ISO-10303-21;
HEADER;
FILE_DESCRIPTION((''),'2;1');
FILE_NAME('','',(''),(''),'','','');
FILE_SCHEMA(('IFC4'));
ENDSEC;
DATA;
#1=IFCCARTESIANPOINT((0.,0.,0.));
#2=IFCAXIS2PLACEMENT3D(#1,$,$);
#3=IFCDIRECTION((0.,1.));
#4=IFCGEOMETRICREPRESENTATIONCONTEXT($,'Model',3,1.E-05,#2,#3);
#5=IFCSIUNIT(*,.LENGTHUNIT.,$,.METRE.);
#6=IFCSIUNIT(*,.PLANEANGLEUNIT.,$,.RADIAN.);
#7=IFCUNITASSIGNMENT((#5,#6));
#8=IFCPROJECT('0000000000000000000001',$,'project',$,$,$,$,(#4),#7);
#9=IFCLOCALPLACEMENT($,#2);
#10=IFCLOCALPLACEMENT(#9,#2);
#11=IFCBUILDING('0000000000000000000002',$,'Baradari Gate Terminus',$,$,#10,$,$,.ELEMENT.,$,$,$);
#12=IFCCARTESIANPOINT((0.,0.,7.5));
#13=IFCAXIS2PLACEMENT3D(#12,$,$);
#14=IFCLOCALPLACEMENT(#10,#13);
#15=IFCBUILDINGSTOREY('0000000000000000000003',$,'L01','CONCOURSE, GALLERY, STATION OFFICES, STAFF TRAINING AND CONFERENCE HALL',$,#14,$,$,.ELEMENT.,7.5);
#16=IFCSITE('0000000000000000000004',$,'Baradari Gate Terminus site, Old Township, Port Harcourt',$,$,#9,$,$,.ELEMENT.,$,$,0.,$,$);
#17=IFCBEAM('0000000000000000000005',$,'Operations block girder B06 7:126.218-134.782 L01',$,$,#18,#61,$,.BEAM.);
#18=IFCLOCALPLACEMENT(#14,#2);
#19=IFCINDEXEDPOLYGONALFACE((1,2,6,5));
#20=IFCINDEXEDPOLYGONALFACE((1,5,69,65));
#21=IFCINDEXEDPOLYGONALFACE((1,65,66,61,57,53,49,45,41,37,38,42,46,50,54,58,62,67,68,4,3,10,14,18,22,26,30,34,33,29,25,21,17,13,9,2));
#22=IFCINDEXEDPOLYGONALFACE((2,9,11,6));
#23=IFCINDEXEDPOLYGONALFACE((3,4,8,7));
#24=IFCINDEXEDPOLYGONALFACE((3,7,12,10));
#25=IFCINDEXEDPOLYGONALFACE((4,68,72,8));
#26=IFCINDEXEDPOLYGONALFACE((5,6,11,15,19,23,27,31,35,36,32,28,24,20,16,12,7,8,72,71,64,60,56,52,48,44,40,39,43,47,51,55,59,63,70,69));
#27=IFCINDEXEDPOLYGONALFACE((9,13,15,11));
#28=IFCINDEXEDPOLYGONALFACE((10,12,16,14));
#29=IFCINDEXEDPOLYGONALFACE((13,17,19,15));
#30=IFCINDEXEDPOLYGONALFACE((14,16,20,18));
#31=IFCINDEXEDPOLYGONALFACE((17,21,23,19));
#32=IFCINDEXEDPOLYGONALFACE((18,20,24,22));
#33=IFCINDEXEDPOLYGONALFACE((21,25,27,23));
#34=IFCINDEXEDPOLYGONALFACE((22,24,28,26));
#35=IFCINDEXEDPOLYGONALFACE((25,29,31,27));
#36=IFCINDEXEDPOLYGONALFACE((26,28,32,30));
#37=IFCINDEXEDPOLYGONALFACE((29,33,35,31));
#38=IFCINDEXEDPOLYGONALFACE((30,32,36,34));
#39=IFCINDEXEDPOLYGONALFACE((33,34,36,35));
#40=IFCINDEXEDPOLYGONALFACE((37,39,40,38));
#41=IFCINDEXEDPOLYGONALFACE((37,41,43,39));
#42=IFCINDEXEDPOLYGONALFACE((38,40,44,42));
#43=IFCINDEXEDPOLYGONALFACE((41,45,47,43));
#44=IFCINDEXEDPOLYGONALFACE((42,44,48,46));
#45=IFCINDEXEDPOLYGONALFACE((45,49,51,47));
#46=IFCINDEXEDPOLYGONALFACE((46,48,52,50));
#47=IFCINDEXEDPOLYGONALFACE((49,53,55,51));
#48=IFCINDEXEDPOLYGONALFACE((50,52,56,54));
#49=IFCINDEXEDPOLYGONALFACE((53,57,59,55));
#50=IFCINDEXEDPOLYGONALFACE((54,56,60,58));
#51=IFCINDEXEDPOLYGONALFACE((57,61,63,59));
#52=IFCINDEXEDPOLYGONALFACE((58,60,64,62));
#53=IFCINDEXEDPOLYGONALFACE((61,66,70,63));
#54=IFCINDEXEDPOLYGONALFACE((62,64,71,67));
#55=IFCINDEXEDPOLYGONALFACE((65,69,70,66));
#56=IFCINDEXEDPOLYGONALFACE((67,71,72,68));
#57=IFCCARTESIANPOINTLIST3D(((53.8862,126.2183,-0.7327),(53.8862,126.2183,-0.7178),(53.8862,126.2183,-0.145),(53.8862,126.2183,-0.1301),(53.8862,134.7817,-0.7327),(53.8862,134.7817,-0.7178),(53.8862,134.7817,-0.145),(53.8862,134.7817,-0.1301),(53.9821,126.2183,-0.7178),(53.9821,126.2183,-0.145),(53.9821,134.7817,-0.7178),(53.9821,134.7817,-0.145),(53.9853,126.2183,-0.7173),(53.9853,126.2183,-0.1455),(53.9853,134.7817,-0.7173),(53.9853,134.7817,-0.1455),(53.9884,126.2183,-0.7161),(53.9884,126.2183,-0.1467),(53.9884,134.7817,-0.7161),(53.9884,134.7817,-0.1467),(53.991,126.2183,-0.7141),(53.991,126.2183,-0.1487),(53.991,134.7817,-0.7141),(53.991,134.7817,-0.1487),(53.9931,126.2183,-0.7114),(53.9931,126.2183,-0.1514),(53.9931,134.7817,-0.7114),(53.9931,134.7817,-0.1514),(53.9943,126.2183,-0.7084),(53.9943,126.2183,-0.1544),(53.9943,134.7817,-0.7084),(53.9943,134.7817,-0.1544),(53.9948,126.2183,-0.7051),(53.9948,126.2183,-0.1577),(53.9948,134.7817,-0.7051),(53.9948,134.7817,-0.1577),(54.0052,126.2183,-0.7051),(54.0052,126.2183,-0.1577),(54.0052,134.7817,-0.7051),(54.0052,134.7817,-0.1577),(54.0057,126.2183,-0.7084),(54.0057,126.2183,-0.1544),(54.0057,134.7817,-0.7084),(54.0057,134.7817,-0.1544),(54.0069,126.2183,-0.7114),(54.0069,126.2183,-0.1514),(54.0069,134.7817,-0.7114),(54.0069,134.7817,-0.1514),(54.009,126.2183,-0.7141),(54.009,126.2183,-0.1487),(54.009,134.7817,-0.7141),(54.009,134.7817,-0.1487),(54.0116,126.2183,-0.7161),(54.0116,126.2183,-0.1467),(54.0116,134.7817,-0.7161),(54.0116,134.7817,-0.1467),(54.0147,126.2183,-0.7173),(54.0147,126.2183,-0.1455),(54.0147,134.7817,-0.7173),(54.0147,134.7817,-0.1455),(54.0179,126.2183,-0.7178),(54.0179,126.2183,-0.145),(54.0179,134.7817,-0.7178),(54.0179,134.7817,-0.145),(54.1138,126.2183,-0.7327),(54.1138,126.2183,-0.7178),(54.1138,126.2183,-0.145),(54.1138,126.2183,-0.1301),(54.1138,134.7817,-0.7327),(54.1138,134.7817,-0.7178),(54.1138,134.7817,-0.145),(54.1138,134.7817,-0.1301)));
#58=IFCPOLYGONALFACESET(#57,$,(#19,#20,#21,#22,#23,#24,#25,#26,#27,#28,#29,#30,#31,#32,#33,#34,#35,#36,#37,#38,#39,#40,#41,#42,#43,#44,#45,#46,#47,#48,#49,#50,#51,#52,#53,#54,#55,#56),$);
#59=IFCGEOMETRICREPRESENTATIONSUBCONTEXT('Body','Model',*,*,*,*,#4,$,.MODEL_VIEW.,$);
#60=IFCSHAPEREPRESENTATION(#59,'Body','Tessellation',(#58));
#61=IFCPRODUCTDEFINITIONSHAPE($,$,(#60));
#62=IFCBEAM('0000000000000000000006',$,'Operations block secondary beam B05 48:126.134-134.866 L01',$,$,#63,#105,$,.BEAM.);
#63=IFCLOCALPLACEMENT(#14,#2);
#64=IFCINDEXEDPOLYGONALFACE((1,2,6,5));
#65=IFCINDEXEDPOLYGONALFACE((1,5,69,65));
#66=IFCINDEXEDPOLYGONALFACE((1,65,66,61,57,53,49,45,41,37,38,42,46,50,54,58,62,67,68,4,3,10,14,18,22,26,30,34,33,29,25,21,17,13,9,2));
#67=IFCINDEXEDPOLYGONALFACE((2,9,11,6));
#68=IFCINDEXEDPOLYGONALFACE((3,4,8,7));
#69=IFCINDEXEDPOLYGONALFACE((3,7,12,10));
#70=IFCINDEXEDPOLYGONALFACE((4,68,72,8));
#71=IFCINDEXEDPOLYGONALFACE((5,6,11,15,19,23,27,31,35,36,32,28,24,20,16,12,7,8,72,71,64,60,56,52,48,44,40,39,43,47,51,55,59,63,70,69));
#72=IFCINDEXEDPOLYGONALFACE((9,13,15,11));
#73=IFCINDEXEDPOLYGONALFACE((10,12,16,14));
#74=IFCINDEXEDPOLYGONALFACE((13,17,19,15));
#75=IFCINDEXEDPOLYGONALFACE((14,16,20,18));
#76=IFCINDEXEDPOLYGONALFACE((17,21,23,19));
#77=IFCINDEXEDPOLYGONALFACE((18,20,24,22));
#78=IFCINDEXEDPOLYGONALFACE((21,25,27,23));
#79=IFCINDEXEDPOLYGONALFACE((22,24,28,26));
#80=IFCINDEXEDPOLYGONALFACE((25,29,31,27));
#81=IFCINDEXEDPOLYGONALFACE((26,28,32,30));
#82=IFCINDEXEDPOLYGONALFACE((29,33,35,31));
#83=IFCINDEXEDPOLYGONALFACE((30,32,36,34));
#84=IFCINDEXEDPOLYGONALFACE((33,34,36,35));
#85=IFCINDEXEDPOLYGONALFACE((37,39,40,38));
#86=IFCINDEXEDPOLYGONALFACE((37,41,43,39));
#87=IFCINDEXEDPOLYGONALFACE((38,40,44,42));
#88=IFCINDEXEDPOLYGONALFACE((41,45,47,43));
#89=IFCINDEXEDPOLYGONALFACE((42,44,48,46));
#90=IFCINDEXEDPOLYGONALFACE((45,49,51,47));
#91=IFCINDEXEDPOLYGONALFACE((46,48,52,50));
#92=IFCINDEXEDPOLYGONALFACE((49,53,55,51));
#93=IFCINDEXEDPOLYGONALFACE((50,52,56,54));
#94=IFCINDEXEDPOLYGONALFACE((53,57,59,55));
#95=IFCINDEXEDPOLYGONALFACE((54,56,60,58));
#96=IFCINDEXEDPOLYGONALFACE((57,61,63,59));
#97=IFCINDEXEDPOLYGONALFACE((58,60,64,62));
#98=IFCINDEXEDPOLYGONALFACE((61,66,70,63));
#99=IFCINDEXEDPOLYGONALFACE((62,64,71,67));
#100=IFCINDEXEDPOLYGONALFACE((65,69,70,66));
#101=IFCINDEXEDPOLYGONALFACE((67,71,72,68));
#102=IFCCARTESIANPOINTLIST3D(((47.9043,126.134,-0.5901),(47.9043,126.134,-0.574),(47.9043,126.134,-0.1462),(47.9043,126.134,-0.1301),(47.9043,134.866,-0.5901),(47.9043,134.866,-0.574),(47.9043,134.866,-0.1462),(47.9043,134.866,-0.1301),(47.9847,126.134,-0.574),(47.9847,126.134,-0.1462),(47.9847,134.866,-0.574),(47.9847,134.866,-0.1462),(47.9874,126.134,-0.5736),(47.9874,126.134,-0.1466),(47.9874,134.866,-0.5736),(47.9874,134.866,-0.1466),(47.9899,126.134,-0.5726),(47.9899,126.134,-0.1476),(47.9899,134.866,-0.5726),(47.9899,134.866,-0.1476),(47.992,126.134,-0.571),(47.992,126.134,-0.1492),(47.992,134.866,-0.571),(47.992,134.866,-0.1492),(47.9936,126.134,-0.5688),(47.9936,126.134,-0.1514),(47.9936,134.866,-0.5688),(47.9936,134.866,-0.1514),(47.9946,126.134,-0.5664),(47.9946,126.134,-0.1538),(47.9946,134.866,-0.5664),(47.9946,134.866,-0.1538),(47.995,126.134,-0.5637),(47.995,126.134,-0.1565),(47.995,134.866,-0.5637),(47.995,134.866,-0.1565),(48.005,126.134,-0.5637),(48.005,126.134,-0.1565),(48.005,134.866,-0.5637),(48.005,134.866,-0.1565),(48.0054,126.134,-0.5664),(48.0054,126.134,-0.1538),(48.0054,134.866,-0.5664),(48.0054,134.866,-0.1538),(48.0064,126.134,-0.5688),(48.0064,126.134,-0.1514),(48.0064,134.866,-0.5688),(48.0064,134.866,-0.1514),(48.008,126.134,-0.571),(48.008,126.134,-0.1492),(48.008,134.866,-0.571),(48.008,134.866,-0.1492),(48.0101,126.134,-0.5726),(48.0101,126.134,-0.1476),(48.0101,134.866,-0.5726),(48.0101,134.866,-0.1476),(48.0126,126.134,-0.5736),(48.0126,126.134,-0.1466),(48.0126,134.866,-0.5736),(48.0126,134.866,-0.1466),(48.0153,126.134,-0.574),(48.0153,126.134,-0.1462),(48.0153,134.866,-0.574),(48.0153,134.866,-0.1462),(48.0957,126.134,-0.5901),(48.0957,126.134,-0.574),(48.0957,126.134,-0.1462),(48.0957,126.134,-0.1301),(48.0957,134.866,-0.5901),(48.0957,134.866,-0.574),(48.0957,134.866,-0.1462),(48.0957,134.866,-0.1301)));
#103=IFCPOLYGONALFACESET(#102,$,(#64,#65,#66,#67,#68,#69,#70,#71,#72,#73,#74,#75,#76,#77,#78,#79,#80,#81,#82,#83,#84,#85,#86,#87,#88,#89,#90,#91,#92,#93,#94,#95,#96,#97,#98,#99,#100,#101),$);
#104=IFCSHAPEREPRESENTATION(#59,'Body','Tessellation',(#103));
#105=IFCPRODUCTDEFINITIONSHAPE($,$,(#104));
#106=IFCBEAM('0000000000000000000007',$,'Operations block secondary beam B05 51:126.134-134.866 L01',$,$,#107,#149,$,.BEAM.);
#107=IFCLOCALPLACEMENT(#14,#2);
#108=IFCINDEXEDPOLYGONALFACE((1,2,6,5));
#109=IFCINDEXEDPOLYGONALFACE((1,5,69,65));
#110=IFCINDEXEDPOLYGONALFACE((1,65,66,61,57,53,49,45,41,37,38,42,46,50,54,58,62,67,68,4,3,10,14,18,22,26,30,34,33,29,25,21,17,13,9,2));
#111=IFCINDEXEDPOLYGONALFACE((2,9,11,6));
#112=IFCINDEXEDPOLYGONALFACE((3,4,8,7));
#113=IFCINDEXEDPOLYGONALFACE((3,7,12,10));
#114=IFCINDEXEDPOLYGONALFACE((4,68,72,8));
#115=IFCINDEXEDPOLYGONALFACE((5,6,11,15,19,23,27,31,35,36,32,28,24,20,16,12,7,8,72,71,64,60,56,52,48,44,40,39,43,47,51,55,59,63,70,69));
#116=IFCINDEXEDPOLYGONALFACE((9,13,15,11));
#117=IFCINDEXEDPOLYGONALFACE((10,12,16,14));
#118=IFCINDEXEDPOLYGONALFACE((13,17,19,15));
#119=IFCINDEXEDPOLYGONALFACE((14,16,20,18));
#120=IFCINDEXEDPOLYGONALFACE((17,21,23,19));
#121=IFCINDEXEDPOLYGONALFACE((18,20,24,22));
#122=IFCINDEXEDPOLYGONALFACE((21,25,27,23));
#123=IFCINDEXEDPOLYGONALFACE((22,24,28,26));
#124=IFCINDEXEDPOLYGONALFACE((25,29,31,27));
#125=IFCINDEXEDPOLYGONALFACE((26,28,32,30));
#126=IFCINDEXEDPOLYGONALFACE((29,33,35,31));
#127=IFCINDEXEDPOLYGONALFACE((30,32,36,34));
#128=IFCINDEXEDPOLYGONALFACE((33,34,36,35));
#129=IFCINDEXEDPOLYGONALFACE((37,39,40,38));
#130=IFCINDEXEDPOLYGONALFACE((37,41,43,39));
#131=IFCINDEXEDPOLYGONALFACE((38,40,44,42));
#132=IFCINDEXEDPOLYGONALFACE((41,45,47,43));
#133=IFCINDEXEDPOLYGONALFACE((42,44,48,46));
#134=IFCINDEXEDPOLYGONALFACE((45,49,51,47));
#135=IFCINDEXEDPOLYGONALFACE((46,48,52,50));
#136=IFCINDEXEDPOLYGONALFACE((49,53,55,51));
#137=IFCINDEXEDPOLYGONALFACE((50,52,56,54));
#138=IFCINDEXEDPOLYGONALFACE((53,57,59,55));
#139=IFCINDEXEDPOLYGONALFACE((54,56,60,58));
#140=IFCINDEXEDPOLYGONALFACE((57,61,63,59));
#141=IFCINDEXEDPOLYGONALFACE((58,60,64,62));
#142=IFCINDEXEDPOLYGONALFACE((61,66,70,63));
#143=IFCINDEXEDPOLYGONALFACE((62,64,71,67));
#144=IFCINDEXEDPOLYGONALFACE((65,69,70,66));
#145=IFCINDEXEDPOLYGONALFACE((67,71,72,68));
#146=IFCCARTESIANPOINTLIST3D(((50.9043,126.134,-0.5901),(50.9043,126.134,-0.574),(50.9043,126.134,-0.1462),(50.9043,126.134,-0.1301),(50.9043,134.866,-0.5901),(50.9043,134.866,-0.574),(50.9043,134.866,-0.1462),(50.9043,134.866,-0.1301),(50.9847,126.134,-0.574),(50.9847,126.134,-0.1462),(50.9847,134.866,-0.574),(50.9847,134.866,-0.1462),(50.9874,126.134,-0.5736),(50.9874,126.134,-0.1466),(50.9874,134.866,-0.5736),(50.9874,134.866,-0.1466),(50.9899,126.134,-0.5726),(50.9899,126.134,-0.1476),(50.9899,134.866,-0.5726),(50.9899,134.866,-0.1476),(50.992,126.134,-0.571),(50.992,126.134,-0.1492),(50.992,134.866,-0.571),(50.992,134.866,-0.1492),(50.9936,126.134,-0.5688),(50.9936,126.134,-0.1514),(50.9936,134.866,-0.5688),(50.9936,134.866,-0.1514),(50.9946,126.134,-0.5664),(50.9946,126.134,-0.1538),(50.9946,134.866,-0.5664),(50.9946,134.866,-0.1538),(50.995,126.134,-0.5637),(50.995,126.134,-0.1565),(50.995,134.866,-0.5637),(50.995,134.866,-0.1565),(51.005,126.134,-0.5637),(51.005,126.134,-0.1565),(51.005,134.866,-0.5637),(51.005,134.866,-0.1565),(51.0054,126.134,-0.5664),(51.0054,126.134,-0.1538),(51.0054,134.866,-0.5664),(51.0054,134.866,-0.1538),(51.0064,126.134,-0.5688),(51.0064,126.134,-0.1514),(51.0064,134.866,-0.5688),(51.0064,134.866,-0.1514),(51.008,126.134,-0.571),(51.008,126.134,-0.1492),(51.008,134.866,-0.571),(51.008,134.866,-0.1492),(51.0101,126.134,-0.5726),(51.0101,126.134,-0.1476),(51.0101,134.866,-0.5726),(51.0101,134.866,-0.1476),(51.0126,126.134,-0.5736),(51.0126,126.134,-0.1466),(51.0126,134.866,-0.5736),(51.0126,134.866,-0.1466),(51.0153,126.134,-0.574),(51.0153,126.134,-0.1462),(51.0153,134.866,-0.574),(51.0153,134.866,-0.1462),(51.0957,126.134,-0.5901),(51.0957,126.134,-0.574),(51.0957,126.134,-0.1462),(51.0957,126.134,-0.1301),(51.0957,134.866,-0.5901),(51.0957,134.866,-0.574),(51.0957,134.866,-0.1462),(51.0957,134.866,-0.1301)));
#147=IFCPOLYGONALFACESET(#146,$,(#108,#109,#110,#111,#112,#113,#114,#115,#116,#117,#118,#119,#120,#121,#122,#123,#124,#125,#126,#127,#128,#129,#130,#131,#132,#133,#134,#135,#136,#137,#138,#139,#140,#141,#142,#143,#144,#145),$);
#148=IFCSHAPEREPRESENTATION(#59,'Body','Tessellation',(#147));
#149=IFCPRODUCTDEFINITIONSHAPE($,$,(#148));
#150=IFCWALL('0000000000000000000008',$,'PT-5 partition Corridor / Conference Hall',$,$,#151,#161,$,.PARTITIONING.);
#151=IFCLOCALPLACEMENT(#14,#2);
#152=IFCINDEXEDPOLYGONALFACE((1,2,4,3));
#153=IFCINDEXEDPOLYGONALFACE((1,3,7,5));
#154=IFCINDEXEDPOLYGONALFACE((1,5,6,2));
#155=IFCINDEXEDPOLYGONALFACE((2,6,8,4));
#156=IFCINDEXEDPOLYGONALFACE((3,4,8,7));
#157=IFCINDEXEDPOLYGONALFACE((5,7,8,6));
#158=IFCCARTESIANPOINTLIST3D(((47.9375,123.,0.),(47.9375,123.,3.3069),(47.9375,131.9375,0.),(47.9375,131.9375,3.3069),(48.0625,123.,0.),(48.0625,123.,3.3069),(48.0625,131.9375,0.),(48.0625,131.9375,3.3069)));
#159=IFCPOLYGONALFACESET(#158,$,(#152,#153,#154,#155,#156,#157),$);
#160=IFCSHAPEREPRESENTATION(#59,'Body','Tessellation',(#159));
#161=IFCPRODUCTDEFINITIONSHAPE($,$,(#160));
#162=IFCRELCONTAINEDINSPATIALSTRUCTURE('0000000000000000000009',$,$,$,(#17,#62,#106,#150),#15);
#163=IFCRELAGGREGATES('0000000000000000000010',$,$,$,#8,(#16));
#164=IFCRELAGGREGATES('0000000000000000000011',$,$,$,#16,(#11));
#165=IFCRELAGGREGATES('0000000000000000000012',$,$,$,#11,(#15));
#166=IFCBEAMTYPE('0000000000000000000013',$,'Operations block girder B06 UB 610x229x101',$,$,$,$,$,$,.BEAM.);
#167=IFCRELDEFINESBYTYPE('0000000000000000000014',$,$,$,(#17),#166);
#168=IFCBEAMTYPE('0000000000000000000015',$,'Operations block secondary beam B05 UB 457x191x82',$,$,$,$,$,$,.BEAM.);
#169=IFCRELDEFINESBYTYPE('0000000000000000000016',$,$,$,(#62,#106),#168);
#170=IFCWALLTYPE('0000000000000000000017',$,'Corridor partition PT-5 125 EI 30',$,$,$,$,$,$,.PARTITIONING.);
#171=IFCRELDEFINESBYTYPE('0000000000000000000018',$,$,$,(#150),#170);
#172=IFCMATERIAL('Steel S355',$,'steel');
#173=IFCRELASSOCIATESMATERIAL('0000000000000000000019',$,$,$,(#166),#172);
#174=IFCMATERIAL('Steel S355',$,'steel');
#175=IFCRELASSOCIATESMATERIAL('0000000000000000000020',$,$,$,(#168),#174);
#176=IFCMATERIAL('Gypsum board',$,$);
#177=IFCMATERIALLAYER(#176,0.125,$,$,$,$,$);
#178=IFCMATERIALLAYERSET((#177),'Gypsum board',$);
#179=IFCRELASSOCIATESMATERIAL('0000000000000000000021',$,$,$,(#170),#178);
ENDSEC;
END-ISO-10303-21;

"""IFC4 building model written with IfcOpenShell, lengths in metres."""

from ifc_helpers import new_model, si_unit, direction, frame, frame_2d, origin, origin_2d, place, context, subcontext, project, spatial, rectangle, i_section, extrude, material, layer, layer_set, material_profile, profile_set, type_object, element, save


model = new_model("IFC4")

# Units and contexts
model_context = context("Model", 3, precision=1e-05, world=origin(), true_north=direction((0.0, 1.0)))
body_context = subcontext(model_context, "Body", "Model", "MODEL_VIEW")
ifc_project = project(units=[si_unit("LENGTHUNIT", "METRE"), si_unit("PLANEANGLEUNIT", "RADIAN")], contexts=[model_context])

# Site, building, storey
site_placement = place(None, origin())
site = spatial("IfcSite", under=ifc_project, at=site_placement, Name="Baradari Gate Terminus site, Old Township, Port Harcourt", CompositionType="ELEMENT", RefElevation=0.0)
building_placement = place(site_placement, origin())
building = spatial("IfcBuilding", under=site, at=building_placement, Name="Baradari Gate Terminus", CompositionType="ELEMENT")
storey_placement = place(building_placement, frame((0.0, 0.0, 7.5)))
storey = spatial("IfcBuildingStorey", under=building, at=storey_placement, Name="L01", Description="CONCOURSE, GALLERY, STATION OFFICES, STAFF TRAINING AND CONFERENCE HALL", CompositionType="ELEMENT", Elevation=7.5)

# Beams
ifc_material_1 = material(Name="Steel S355", Category="steel")
ifc_material_profile_1 = material_profile(ifc_material_1, i_section(OverallWidth=0.2275, OverallDepth=0.6025, WebThickness=0.0105, FlangeThickness=0.0149, FilletRadius=0.0127, at=origin_2d()), Name="UB 610x229x101")
ifc_profile_set_1 = profile_set([ifc_material_profile_1], Name="Steel S355")
beam_type_1 = type_object("IfcBeamType", Name="Operations block girder B06 UB 610x229x101", PredefinedType="BEAM", material=ifc_profile_set_1)
beam_1_placement = place(storey_placement, frame((54.0, 126.2183, -0.4314), z_axis=(0.0, 1.0, 0.0), x_axis=(-1.0, 0.0, 0.0)))
element("IfcBeam", 1, at=beam_1_placement, inside=storey, type_object=beam_type_1, Name="Operations block girder B06 7:126.218-134.782 L01", PredefinedType="BEAM", context=body_context, shape_type="SweptSolid", body=[
    extrude(i_section(OverallWidth=0.2275, OverallDepth=0.6025, WebThickness=0.0105, FlangeThickness=0.0149, FilletRadius=0.0127, at=origin_2d()), origin(), (0.0, 0.0, 1.0), 8.5635),
])
ifc_material_2 = material(Name="Steel S355", Category="steel")
ifc_material_profile_2 = material_profile(ifc_material_2, i_section(OverallWidth=0.1914, OverallDepth=0.46, WebThickness=0.01, FlangeThickness=0.0161, FilletRadius=0.0103, at=origin_2d()), Name="UB 457x191x82")
ifc_profile_set_2 = profile_set([ifc_material_profile_2], Name="Steel S355")
beam_type_2 = type_object("IfcBeamType", Name="Operations block secondary beam B05 UB 457x191x82", PredefinedType="BEAM", material=ifc_profile_set_2)
for number, where, z_axis, x_axis, name in (
    (2, (48.0, 126.134, -0.3601), (0.0, 1.0, 0.0), (-1.0, 0.0, 0.0), "Operations block secondary beam B05 48:126.134-134.866 L01"),
    (3, (51.0, 126.134, -0.3601), (0.0, 1.0, 0.0), (-1.0, 0.0, 0.0), "Operations block secondary beam B05 51:126.134-134.866 L01"),
):
    element("IfcBeam", number, at=place(storey_placement, frame(where, z_axis=z_axis, x_axis=x_axis)), inside=storey, type_object=beam_type_2, Name=name, PredefinedType="BEAM", context=body_context, shape_type="SweptSolid", body=[
        extrude(i_section(OverallWidth=0.1914, OverallDepth=0.46, WebThickness=0.01, FlangeThickness=0.0161, FilletRadius=0.0103, at=origin_2d()), origin(), (0.0, 0.0, 1.0), 8.7319),
    ])

# Wall
ifc_material_3 = material(Name="Gypsum board")
ifc_layer_1 = layer(ifc_material_3, 0.125)
ifc_layer_set_1 = layer_set([ifc_layer_1], Name="Gypsum board")
wall_type_1 = type_object("IfcWallType", Name="Corridor partition PT-5 125 EI 30", PredefinedType="PARTITIONING", material=ifc_layer_set_1)
wall_1_placement = place(storey_placement, frame((48.0, 131.9375, 0.0), z_axis=(0.0, 0.0, 1.0), x_axis=(0.0, -1.0, 0.0)))
element("IfcWall", 4, at=wall_1_placement, inside=storey, type_object=wall_type_1, Name="PT-5 partition Corridor / Conference Hall", PredefinedType="PARTITIONING", context=body_context, shape_type="SweptSolid", body=[
    extrude(rectangle(XDim=8.9375, YDim=0.125, at=frame_2d((4.4688, 0.0))), origin(), (0.0, 0.0, 1.0), 3.3069),
])

save(model, "model.ifc")
